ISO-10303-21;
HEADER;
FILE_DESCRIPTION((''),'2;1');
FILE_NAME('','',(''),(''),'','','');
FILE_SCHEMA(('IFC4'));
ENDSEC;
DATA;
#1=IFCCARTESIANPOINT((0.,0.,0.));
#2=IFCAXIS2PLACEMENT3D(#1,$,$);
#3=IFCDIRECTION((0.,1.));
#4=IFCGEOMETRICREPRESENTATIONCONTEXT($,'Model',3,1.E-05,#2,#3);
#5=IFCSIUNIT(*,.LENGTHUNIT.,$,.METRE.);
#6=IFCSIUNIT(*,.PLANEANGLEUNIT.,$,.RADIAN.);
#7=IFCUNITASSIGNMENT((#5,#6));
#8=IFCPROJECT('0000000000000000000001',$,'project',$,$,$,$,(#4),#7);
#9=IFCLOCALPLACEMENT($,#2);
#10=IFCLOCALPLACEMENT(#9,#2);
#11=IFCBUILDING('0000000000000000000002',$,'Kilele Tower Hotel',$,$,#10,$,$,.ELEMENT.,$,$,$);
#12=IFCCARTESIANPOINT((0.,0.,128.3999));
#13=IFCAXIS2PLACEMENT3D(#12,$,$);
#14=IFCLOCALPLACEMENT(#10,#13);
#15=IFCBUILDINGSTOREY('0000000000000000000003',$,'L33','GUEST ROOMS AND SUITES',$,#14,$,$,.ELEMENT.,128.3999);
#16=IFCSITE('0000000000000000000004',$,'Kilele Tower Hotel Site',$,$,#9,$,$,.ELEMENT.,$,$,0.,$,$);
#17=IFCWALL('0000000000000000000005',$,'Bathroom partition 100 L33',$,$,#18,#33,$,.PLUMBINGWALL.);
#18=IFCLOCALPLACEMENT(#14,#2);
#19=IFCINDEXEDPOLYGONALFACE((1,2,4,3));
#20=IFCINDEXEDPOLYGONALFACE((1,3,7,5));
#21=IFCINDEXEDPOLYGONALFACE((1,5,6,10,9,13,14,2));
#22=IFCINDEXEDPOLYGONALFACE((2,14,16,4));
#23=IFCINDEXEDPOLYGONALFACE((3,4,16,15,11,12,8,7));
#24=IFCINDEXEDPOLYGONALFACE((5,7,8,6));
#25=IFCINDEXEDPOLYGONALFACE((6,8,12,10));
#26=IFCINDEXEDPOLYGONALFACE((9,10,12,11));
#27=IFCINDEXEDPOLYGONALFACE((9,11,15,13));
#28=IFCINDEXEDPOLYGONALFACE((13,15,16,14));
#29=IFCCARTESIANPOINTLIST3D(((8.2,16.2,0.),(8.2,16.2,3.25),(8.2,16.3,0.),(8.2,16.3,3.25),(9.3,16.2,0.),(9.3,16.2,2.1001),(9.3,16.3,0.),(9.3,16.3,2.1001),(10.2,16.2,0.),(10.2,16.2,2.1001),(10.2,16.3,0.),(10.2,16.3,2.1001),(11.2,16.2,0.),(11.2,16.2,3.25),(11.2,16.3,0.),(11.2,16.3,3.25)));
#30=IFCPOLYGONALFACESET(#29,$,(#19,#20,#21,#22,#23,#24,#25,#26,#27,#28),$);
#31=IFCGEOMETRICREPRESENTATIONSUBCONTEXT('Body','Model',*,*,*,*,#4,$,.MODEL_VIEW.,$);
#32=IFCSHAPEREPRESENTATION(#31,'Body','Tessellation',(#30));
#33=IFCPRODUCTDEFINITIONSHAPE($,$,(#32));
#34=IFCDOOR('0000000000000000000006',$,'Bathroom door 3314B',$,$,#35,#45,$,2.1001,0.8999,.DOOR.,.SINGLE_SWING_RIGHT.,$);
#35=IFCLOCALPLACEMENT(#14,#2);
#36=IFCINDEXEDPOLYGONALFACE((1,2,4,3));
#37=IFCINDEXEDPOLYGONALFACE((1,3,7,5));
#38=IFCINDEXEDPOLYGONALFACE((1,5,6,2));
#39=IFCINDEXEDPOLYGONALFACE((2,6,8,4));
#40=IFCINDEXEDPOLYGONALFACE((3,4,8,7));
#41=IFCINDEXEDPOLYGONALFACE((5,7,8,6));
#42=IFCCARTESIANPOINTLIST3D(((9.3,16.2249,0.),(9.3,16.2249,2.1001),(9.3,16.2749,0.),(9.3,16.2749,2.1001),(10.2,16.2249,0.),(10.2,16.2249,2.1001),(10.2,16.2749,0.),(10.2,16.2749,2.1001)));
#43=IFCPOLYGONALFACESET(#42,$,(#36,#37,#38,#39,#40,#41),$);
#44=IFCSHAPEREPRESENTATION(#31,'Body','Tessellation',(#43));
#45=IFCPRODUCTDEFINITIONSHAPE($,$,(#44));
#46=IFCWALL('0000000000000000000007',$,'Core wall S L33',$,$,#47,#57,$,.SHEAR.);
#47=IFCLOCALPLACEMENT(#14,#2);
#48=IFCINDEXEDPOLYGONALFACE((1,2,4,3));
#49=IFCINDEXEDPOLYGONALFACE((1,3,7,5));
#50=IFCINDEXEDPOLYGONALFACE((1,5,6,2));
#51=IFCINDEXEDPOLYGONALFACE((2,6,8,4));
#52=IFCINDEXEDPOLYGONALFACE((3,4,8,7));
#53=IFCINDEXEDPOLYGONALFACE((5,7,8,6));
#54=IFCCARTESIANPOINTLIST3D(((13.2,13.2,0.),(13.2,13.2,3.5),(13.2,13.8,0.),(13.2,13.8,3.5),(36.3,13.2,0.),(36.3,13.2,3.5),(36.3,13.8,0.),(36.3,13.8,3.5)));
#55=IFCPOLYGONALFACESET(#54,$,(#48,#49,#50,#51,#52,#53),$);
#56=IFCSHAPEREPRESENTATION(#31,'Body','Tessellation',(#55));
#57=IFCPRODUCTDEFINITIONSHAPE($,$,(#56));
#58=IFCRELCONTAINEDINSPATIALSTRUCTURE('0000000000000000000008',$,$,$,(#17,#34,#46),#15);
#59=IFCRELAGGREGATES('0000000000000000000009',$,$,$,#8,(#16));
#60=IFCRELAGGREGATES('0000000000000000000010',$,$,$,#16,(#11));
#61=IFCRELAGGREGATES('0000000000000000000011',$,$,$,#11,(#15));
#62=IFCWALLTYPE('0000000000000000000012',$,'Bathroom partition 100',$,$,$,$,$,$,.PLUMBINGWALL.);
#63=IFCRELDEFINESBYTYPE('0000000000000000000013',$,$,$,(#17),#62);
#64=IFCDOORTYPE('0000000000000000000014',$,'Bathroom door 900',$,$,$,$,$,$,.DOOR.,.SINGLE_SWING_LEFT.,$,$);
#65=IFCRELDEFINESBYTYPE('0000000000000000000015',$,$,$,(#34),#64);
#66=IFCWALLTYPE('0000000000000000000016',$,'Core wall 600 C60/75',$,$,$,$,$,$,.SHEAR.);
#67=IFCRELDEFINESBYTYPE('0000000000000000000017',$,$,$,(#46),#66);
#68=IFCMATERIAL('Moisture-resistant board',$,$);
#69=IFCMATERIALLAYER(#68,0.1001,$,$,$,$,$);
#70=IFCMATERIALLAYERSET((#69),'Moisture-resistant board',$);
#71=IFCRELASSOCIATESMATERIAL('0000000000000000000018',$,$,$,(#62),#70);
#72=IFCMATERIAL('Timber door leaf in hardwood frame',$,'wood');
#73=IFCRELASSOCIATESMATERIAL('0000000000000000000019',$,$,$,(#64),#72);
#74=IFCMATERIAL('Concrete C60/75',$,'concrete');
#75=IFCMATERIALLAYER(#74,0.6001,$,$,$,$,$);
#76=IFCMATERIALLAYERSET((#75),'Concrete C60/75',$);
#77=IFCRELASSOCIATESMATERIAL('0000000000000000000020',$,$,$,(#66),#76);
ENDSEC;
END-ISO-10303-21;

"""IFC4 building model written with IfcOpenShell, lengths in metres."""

from ifc_helpers import new_model, si_unit, direction, frame, frame_2d, origin, place, context, subcontext, project, spatial, rectangle, extrude, material, layer, layer_set, type_object, element, fill, save


model = new_model("IFC4")

# Units and contexts
model_context = context("Model", 3, precision=1e-05, world=origin(), true_north=direction((0.0, 1.0)))
body_context = subcontext(model_context, "Body", "Model", "MODEL_VIEW")
ifc_project = project(units=[si_unit("LENGTHUNIT", "METRE"), si_unit("PLANEANGLEUNIT", "RADIAN")], contexts=[model_context])

# Site, building, storey
site_placement = place(None, origin())
site = spatial("IfcSite", under=ifc_project, at=site_placement, Name="Kilele Tower Hotel Site", CompositionType="ELEMENT", RefElevation=0.0)
building_placement = place(site_placement, origin())
building = spatial("IfcBuilding", under=site, at=building_placement, Name="Kilele Tower Hotel", CompositionType="ELEMENT")
storey_placement = place(building_placement, frame((0.0, 0.0, 128.3999)))
storey = spatial("IfcBuildingStorey", under=building, at=storey_placement, Name="L33", Description="GUEST ROOMS AND SUITES", CompositionType="ELEMENT", Elevation=128.3999)

# Wall, opening, door
ifc_material_1 = material(Name="Moisture-resistant board")
ifc_layer_1 = layer(ifc_material_1, 0.1001)
ifc_layer_set_1 = layer_set([ifc_layer_1], Name="Moisture-resistant board")
wall_type_1 = type_object("IfcWallType", Name="Bathroom partition 100", PredefinedType="PLUMBINGWALL", material=ifc_layer_set_1)
wall_1_placement = place(storey_placement, frame((11.2, 16.25, 0.0), z_axis=(0.0, 0.0, 1.0), x_axis=(-1.0, 0.0, 0.0)))
wall_1 = element("IfcWall", 1, at=wall_1_placement, inside=storey, type_object=wall_type_1, Name="Bathroom partition 100 L33", PredefinedType="PLUMBINGWALL", context=body_context, shape_type="SweptSolid", body=[
    extrude(rectangle(XDim=3.0, YDim=0.1001, at=frame_2d((1.5, 0.0))), origin(), (0.0, 0.0, 1.0), 3.25),
])
opening_1_placement = place(wall_1_placement, frame((1.8999, 0.0, 0.0), z_axis=(0.0, 0.0, 1.0), x_axis=(-1.0, 0.0, 0.0)))
opening_1 = element("IfcOpeningElement", 2, at=opening_1_placement, cuts=wall_1, PredefinedType="OPENING", context=body_context, shape_type="SweptSolid", body=[
    extrude(rectangle(XDim=0.8999, YDim=2.1001, at=frame_2d((0.45, 1.05))), frame((0.0, 0.0601, 0.0), z_axis=(0.0, -1.0, 0.0), x_axis=(1.0, 0.0, 0.0)), (0.0, 0.0, 1.0), 0.1201),
])
ifc_material_2 = material(Name="Timber door leaf in hardwood frame", Category="wood")
door_type_1 = type_object("IfcDoorType", Name="Bathroom door 900", OperationType="SINGLE_SWING_LEFT", PredefinedType="DOOR", material=ifc_material_2)
door_1_placement = place(opening_1_placement, origin())
door_1 = element("IfcDoor", 3, at=door_1_placement, inside=storey, type_object=door_type_1, Name="Bathroom door 3314B", OperationType="SINGLE_SWING_RIGHT", OverallHeight=2.1001, OverallWidth=0.8999, PredefinedType="DOOR", context=body_context, shape_type="SweptSolid", body=[
    extrude(rectangle(XDim=0.8999, YDim=2.1001, at=frame_2d((0.45, 1.05))), frame((0.0, 0.0249, 0.0), z_axis=(0.0, -1.0, 0.0), x_axis=(1.0, 0.0, 0.0)), (0.0, 0.0, 1.0), 0.05),
])
fill(opening_1, door_1)

# Wall
ifc_material_3 = material(Name="Concrete C60/75", Category="concrete")
ifc_layer_2 = layer(ifc_material_3, 0.6001)
ifc_layer_set_2 = layer_set([ifc_layer_2], Name="Concrete C60/75")
wall_type_2 = type_object("IfcWallType", Name="Core wall 600 C60/75", PredefinedType="SHEAR", material=ifc_layer_set_2)
wall_2_placement = place(storey_placement, frame((13.2, 13.5, 0.0), z_axis=(0.0, 0.0, 1.0), x_axis=(1.0, 0.0, 0.0)))
element("IfcWall", 4, at=wall_2_placement, inside=storey, type_object=wall_type_2, Name="Core wall S L33", PredefinedType="SHEAR", context=body_context, shape_type="SweptSolid", body=[
    extrude(rectangle(XDim=23.1001, YDim=0.6001, at=frame_2d((11.55, 0.0))), origin(), (0.0, 0.0, 1.0), 3.5),
])

save(model, "model.ifc")
